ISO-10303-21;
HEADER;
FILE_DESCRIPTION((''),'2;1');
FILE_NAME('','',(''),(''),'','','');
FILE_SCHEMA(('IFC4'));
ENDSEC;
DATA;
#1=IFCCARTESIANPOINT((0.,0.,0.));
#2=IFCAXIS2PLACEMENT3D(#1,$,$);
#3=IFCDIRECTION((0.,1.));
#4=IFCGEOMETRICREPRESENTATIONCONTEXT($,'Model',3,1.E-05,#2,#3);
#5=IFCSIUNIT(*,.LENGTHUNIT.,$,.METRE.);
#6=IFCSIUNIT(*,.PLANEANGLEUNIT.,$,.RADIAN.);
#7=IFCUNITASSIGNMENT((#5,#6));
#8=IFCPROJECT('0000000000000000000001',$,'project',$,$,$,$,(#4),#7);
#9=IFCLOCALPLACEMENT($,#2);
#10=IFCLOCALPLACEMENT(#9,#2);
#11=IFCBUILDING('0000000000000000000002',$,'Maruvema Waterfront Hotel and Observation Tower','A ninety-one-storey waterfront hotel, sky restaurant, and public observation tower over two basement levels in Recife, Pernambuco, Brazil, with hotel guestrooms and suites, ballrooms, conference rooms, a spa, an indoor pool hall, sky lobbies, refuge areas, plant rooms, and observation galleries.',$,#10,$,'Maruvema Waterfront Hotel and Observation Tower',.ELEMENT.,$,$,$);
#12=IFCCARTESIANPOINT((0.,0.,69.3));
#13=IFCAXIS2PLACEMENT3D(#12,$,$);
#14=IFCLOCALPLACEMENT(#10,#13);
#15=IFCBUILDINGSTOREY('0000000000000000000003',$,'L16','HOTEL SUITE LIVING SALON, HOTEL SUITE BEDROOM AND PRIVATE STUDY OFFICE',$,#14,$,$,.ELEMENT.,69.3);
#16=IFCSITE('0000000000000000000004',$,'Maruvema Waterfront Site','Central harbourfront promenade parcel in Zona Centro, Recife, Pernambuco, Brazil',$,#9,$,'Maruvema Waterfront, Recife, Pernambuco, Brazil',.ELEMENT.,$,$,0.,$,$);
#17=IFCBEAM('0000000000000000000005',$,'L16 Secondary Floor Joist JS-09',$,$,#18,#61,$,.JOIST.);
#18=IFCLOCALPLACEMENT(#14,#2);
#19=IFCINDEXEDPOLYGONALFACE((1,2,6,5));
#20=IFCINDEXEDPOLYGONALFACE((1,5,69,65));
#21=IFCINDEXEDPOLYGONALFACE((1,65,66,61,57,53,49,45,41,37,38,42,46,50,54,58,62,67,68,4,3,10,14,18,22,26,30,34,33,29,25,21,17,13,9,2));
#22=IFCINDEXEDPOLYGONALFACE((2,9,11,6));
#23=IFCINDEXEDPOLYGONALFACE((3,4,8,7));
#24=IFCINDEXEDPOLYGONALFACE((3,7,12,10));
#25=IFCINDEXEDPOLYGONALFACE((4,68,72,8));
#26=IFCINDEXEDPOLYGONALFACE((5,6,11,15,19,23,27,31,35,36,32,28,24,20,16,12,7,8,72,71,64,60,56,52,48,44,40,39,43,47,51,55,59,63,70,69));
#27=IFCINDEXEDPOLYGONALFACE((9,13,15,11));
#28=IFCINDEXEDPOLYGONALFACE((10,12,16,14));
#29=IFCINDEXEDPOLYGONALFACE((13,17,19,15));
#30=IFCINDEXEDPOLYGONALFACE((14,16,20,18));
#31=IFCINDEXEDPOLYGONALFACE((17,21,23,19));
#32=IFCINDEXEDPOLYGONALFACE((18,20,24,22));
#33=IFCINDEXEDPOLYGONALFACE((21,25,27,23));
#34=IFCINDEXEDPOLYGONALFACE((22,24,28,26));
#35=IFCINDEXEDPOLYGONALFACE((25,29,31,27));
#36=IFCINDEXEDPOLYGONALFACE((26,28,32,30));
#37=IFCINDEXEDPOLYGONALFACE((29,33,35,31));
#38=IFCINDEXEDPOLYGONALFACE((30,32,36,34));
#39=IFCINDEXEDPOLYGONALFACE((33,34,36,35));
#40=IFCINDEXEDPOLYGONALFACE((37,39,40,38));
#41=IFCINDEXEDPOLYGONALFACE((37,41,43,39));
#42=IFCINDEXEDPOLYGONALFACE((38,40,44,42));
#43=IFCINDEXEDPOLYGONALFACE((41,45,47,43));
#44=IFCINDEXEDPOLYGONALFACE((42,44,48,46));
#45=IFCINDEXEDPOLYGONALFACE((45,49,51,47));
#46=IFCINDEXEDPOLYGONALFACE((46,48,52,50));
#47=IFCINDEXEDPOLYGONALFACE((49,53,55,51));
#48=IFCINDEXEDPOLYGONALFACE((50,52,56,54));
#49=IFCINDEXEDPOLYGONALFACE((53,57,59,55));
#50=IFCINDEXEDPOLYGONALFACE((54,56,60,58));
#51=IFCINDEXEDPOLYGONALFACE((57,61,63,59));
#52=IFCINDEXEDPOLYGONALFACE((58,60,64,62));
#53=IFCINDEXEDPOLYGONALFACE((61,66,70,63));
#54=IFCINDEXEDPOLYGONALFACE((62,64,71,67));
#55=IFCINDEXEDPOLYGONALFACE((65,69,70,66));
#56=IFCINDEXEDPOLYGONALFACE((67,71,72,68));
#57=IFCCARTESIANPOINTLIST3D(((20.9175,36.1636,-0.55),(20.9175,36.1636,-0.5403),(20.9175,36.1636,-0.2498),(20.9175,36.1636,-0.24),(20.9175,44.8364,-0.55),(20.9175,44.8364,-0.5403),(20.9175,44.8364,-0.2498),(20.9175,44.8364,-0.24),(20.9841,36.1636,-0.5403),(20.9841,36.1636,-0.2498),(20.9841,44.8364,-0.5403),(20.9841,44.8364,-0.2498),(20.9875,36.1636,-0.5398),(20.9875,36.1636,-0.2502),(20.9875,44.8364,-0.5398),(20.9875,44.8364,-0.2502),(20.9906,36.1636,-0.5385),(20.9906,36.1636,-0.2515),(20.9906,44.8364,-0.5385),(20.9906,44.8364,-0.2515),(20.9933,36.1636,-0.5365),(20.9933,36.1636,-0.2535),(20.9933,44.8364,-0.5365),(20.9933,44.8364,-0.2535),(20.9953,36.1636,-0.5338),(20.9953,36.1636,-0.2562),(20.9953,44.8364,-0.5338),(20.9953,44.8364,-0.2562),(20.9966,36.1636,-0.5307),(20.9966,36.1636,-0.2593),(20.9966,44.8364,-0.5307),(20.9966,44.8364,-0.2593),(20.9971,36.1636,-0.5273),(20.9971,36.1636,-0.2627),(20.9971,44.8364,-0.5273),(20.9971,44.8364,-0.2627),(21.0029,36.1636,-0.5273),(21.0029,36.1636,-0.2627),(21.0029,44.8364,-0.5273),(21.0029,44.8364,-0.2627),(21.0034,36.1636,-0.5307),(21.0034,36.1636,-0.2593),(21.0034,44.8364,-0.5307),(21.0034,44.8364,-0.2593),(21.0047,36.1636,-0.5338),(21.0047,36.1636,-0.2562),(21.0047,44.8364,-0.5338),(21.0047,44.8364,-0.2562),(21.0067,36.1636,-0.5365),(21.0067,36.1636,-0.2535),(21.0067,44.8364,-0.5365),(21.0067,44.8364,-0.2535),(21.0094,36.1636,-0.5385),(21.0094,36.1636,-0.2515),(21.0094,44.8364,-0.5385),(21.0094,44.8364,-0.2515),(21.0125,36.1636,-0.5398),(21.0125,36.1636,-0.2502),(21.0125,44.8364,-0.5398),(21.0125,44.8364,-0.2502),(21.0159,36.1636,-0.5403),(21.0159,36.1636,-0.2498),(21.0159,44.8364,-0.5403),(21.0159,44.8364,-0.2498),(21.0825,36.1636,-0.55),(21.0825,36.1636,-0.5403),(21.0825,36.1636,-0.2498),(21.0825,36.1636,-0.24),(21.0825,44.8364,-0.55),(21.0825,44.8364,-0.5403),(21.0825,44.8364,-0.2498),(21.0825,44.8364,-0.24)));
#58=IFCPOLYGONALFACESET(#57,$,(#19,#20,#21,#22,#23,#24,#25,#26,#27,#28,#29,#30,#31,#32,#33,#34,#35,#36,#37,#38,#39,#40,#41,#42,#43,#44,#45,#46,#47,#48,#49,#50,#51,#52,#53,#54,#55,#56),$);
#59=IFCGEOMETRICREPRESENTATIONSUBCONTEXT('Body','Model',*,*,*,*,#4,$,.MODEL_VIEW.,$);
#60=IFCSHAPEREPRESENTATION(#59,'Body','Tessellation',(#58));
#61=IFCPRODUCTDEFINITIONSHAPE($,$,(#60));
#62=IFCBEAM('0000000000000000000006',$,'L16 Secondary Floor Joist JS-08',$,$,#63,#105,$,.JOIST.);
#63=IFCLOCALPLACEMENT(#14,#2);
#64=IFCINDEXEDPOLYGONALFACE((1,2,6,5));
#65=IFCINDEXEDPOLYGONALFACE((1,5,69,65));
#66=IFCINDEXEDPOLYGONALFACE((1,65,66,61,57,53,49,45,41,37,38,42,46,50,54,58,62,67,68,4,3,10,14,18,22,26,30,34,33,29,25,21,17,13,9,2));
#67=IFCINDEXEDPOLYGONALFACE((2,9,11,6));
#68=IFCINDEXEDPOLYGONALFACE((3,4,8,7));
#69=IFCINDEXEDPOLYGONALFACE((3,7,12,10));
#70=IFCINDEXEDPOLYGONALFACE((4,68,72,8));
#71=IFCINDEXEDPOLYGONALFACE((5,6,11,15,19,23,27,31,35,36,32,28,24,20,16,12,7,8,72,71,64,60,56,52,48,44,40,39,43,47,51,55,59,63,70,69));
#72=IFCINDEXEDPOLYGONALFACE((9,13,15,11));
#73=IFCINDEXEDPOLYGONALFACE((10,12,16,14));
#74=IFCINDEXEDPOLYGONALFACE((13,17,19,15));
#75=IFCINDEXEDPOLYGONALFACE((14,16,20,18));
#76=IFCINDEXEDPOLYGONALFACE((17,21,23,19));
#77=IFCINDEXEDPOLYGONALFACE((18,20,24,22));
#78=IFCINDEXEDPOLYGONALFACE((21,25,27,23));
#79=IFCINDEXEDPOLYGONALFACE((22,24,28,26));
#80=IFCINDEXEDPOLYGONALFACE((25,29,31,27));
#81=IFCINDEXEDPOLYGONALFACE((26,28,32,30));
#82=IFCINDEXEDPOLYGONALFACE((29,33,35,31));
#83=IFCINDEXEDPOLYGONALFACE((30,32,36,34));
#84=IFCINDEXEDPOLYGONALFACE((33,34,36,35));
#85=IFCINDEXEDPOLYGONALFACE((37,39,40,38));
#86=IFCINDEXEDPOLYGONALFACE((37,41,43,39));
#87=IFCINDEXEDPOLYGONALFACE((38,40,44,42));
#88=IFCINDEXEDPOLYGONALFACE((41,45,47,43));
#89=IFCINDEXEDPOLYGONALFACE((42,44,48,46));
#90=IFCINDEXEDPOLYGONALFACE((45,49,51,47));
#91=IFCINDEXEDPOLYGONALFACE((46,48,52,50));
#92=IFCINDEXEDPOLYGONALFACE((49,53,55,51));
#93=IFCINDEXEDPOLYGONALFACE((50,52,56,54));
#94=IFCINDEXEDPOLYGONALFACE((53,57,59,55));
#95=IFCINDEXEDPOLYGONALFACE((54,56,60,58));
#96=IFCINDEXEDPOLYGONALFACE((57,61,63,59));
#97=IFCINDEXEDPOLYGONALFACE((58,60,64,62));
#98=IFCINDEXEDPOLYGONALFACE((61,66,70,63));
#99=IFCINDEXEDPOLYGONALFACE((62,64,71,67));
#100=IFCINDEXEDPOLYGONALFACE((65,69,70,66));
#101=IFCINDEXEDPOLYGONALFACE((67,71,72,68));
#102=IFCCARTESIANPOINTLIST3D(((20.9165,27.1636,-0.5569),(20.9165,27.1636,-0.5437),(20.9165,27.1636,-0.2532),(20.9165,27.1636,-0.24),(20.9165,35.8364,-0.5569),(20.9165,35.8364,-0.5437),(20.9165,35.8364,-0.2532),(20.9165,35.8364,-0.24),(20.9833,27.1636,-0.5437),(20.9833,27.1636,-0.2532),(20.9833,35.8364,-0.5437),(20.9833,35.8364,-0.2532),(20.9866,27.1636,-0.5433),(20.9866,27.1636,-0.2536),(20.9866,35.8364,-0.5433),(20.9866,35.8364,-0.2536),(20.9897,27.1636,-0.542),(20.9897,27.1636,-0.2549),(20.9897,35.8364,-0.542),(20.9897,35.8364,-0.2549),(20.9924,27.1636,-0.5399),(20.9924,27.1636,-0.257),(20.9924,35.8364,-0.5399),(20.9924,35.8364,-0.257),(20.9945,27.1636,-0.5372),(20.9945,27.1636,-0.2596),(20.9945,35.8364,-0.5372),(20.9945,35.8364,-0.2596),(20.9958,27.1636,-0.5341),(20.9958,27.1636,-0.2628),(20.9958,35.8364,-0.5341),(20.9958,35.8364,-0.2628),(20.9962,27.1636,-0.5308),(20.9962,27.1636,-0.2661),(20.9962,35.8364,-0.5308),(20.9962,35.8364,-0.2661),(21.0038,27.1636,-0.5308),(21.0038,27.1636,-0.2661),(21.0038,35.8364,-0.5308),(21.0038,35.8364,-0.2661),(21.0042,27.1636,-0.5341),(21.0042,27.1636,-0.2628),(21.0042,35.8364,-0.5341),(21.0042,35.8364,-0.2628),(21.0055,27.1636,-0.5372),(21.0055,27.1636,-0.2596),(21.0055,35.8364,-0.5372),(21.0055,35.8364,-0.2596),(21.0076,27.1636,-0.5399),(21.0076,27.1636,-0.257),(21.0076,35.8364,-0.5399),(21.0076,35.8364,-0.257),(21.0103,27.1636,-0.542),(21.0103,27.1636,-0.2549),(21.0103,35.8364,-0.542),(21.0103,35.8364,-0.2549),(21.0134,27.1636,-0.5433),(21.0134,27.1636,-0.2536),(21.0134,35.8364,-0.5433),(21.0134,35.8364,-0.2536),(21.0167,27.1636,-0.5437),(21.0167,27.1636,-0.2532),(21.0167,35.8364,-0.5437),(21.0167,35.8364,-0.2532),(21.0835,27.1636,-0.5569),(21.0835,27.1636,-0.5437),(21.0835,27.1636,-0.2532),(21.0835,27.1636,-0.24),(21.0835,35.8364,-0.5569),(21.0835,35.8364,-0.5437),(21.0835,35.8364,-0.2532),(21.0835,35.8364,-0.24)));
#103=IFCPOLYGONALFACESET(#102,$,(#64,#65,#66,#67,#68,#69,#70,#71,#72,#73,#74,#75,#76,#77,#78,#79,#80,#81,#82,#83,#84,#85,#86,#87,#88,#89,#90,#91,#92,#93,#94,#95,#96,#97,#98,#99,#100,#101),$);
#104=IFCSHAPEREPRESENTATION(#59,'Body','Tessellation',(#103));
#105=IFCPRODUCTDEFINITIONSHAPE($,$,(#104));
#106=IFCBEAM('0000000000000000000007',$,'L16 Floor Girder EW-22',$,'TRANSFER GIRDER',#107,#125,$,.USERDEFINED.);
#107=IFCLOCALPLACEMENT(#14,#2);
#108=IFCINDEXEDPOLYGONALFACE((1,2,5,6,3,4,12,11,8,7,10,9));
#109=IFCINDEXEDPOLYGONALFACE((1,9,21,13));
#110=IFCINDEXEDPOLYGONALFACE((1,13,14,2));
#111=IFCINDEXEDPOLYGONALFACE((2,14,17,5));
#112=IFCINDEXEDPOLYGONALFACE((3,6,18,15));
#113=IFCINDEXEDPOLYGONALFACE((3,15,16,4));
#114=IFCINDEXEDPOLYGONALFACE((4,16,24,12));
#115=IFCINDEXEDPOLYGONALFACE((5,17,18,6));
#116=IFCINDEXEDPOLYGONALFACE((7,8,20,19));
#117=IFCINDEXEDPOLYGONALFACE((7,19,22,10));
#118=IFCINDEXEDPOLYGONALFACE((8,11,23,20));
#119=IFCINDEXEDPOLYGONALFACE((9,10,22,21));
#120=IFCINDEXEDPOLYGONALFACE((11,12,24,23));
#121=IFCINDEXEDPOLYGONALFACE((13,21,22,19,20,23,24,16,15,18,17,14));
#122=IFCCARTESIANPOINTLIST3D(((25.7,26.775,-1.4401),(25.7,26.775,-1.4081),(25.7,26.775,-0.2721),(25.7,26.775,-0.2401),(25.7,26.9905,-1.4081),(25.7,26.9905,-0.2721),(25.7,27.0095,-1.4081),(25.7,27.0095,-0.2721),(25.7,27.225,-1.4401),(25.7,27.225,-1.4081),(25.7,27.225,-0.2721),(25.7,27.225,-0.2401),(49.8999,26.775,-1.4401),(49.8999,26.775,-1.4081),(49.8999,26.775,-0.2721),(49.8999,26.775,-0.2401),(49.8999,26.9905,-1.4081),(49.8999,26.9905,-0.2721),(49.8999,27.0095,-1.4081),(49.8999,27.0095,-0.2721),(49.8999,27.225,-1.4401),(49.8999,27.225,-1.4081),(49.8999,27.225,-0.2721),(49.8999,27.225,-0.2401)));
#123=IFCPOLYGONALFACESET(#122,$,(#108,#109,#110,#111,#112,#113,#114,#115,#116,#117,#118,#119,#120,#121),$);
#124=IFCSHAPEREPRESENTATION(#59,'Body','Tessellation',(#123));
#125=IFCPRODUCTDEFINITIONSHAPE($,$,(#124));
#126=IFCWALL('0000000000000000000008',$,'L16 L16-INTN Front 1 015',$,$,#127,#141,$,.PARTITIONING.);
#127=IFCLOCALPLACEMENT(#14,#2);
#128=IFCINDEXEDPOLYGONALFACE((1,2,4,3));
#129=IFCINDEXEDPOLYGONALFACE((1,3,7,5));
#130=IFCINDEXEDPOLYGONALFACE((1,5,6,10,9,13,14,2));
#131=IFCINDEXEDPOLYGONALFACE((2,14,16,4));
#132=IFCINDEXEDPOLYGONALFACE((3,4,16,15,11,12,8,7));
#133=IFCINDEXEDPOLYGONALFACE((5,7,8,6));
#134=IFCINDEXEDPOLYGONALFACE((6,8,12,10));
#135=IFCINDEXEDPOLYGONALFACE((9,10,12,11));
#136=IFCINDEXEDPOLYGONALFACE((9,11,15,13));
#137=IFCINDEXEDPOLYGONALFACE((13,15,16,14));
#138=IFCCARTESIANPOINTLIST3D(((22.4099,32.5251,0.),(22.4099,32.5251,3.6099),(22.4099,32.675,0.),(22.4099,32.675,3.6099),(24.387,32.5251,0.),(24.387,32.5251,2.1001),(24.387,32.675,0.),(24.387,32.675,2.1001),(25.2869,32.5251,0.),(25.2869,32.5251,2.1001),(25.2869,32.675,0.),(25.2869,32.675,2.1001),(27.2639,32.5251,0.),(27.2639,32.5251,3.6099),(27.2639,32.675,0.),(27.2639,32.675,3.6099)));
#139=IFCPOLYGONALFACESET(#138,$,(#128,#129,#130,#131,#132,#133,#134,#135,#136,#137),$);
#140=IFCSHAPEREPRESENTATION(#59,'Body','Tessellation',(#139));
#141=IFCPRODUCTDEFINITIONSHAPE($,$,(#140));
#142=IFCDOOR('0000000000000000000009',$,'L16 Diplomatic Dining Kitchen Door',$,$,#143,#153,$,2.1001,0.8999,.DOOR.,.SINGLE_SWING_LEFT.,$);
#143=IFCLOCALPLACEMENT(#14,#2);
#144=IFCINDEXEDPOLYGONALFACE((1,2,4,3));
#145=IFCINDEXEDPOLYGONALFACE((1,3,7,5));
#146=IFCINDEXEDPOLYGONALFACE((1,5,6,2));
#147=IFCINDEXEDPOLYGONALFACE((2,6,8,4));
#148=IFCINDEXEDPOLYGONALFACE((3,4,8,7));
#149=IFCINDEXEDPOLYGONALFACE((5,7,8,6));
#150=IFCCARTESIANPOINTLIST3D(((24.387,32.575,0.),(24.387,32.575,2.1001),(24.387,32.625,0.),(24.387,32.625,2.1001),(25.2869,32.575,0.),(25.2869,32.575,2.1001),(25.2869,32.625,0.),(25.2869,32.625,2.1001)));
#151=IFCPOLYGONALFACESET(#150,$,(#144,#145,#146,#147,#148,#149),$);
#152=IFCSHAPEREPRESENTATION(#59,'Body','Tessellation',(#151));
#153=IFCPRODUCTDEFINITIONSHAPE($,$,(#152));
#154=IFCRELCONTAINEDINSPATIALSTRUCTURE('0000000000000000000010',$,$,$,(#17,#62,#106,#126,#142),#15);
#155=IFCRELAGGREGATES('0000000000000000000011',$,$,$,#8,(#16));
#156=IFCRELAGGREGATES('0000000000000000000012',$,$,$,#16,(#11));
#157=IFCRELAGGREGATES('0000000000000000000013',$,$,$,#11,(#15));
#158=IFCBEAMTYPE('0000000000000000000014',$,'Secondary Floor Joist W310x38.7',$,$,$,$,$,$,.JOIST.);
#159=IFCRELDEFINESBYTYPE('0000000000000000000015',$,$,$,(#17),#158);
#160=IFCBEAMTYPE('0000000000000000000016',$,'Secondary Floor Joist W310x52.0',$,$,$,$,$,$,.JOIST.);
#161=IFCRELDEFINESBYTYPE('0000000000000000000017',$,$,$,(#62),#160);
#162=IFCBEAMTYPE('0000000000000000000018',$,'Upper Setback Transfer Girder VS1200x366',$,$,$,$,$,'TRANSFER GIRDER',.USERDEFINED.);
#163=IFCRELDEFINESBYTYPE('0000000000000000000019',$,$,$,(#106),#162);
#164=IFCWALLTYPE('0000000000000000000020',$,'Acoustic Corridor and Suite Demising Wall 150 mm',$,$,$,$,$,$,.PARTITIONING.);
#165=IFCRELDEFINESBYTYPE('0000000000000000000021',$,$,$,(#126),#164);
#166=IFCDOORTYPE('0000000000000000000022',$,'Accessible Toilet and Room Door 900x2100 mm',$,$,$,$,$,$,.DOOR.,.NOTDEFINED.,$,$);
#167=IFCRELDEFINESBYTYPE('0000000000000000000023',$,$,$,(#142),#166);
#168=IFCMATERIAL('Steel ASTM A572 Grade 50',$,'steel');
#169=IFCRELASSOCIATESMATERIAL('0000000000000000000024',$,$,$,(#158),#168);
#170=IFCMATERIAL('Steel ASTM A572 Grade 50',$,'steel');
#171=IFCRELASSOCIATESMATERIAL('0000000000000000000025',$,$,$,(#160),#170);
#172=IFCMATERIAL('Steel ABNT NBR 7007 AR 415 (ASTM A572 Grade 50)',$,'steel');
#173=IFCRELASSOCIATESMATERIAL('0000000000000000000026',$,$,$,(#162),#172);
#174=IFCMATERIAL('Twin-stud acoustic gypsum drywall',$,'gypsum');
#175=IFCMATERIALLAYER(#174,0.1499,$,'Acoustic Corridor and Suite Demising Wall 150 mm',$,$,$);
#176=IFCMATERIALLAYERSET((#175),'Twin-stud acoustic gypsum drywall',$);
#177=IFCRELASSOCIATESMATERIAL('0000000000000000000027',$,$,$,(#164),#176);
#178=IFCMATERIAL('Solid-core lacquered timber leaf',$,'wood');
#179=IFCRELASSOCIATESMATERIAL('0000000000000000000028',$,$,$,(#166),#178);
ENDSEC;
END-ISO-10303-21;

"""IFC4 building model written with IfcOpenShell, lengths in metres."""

from ifc_helpers import new_model, si_unit, direction, frame, frame_2d, origin, origin_2d, place, context, subcontext, project, spatial, rectangle, i_section, extrude, material, layer, layer_set, material_profile, profile_set, type_object, element, fill, save


model = new_model("IFC4")

# Units and contexts
model_context = context("Model", 3, precision=1e-05, world=origin(), true_north=direction((0.0, 1.0)))
body_context = subcontext(model_context, "Body", "Model", "MODEL_VIEW")
ifc_project = project(units=[si_unit("LENGTHUNIT", "METRE"), si_unit("PLANEANGLEUNIT", "RADIAN")], contexts=[model_context])

# Site, building, storey
site_placement = place(None, origin())
site = spatial("IfcSite", under=ifc_project, at=site_placement, Name="Maruvema Waterfront Site", Description="Central harbourfront promenade parcel in Zona Centro, Recife, Pernambuco, Brazil", LongName="Maruvema Waterfront, Recife, Pernambuco, Brazil", CompositionType="ELEMENT", RefElevation=0.0)
building_placement = place(site_placement, origin())
building = spatial("IfcBuilding", under=site, at=building_placement, Name="Maruvema Waterfront Hotel and Observation Tower", Description="A ninety-one-storey waterfront hotel, sky restaurant, and public observation tower over two basement levels in Recife, Pernambuco, Brazil, with hotel guestrooms and suites, ballrooms, conference rooms, a spa, an indoor pool hall, sky lobbies, refuge areas, plant rooms, and observation galleries.", LongName="Maruvema Waterfront Hotel and Observation Tower", CompositionType="ELEMENT")
storey_placement = place(building_placement, frame((0.0, 0.0, 69.3)))
storey = spatial("IfcBuildingStorey", under=building, at=storey_placement, Name="L16", Description="HOTEL SUITE LIVING SALON, HOTEL SUITE BEDROOM AND PRIVATE STUDY OFFICE", CompositionType="ELEMENT", Elevation=69.3)

# Beams
ifc_material_1 = material(Name="Steel ASTM A572 Grade 50", Category="steel")
ifc_material_profile_1 = material_profile(ifc_material_1, i_section(OverallWidth=0.165, OverallDepth=0.3101, WebThickness=0.0059, FlangeThickness=0.0098, FilletRadius=0.0129, at=origin_2d()), Name="W310x38.7")
ifc_profile_set_1 = profile_set([ifc_material_profile_1], Name="Steel ASTM A572 Grade 50")
beam_type_1 = type_object("IfcBeamType", Name="Secondary Floor Joist W310x38.7", PredefinedType="JOIST", material=ifc_profile_set_1)
beam_1_placement = place(storey_placement, frame((21.0, 36.1636, -0.395), z_axis=(0.0, 1.0, 0.0), x_axis=(-1.0, 0.0, 0.0)))
element("IfcBeam", 1, at=beam_1_placement, inside=storey, type_object=beam_type_1, Name="L16 Secondary Floor Joist JS-09", PredefinedType="JOIST", context=body_context, shape_type="SweptSolid", body=[
    extrude(i_section(OverallWidth=0.165, OverallDepth=0.3101, WebThickness=0.0059, FlangeThickness=0.0098, FilletRadius=0.0129, at=origin_2d()), origin(), (0.0, 0.0, 1.0), 8.6729),
])
ifc_material_2 = material(Name="Steel ASTM A572 Grade 50", Category="steel")
ifc_material_profile_2 = material_profile(ifc_material_2, i_section(OverallWidth=0.167, OverallDepth=0.3169, WebThickness=0.0076, FlangeThickness=0.0132, FilletRadius=0.0129, at=origin_2d()), Name="W310x52.0")
ifc_profile_set_2 = profile_set([ifc_material_profile_2], Name="Steel ASTM A572 Grade 50")
beam_type_2 = type_object("IfcBeamType", Name="Secondary Floor Joist W310x52.0", PredefinedType="JOIST", material=ifc_profile_set_2)
beam_2_placement = place(storey_placement, frame((21.0, 27.1636, -0.3984), z_axis=(0.0, 1.0, 0.0), x_axis=(-1.0, 0.0, 0.0)))
element("IfcBeam", 2, at=beam_2_placement, inside=storey, type_object=beam_type_2, Name="L16 Secondary Floor Joist JS-08", PredefinedType="JOIST", context=body_context, shape_type="SweptSolid", body=[
    extrude(i_section(OverallWidth=0.167, OverallDepth=0.3169, WebThickness=0.0076, FlangeThickness=0.0132, FilletRadius=0.0129, at=origin_2d()), origin(), (0.0, 0.0, 1.0), 8.6729),
])
ifc_material_3 = material(Name="Steel ABNT NBR 7007 AR 415 (ASTM A572 Grade 50)", Category="steel")
ifc_material_profile_3 = material_profile(ifc_material_3, i_section(OverallWidth=0.45, OverallDepth=1.2, WebThickness=0.019, FlangeThickness=0.032, at=origin_2d()), Name="VS1200x366")
ifc_profile_set_3 = profile_set([ifc_material_profile_3], Name="Steel ABNT NBR 7007 AR 415 (ASTM A572 Grade 50)")
beam_type_3 = type_object("IfcBeamType", Name="Upper Setback Transfer Girder VS1200x366", ElementType="TRANSFER GIRDER", PredefinedType="USERDEFINED", material=ifc_profile_set_3)
beam_3_placement = place(storey_placement, frame((25.7, 27.0, -0.8401), z_axis=(1.0, 0.0, 0.0), x_axis=(0.0, 1.0, 0.0)))
element("IfcBeam", 3, at=beam_3_placement, inside=storey, type_object=beam_type_3, Name="L16 Floor Girder EW-22", ObjectType="TRANSFER GIRDER", PredefinedType="USERDEFINED", context=body_context, shape_type="SweptSolid", body=[
    extrude(i_section(OverallWidth=0.45, OverallDepth=1.2, WebThickness=0.019, FlangeThickness=0.032, at=origin_2d()), origin(), (0.0, 0.0, 1.0), 24.2),
])

# Wall, opening, door
ifc_material_4 = material(Name="Twin-stud acoustic gypsum drywall", Category="gypsum")
ifc_layer = layer(ifc_material_4, 0.1499, Name="Acoustic Corridor and Suite Demising Wall 150 mm")
ifc_layer_set = layer_set([ifc_layer], Name="Twin-stud acoustic gypsum drywall")
wall_type = type_object("IfcWallType", Name="Acoustic Corridor and Suite Demising Wall 150 mm", PredefinedType="PARTITIONING", material=ifc_layer_set)
wall_1_placement = place(storey_placement, frame((22.4099, 32.6001, 0.0), z_axis=(0.0, 0.0, 1.0), x_axis=(1.0, 0.0, 0.0)))
wall_1 = element("IfcWall", 4, at=wall_1_placement, inside=storey, type_object=wall_type, Name="L16 L16-INTN Front 1 015", PredefinedType="PARTITIONING", context=body_context, shape_type="SweptSolid", body=[
    extrude(rectangle(XDim=4.854, YDim=0.1499, at=frame_2d((2.427, 0.0))), origin(), (0.0, 0.0, 1.0), 3.6099),
])
opening_1_placement = place(wall_1_placement, frame((1.9771, 0.0, 0.0)))
opening_1 = element("IfcOpeningElement", 5, at=opening_1_placement, cuts=wall_1, PredefinedType="OPENING", context=body_context, shape_type="SweptSolid", body=[
    extrude(rectangle(XDim=0.8999, YDim=2.1001, at=frame_2d((0.45, 1.05))), frame((0.0, 0.085, 0.0), z_axis=(0.0, -1.0, 0.0), x_axis=(1.0, 0.0, 0.0)), (0.0, 0.0, 1.0), 0.1699),
])
ifc_material_5 = material(Name="Solid-core lacquered timber leaf", Category="wood")
door_type_1 = type_object("IfcDoorType", Name="Accessible Toilet and Room Door 900x2100 mm", OperationType="NOTDEFINED", PredefinedType="DOOR", material=ifc_material_5)
door_1_placement = place(opening_1_placement, origin())
door_1 = element("IfcDoor", 6, at=door_1_placement, inside=storey, type_object=door_type_1, Name="L16 Diplomatic Dining Kitchen Door", OperationType="SINGLE_SWING_LEFT", OverallHeight=2.1001, OverallWidth=0.8999, PredefinedType="DOOR", context=body_context, shape_type="SweptSolid", body=[
    extrude(rectangle(XDim=0.8999, YDim=2.1001, at=frame_2d((0.45, 1.05))), frame((0.0, 0.0249, 0.0), z_axis=(0.0, -1.0, 0.0), x_axis=(1.0, 0.0, 0.0)), (0.0, 0.0, 1.0), 0.05),
])
fill(opening_1, door_1)

save(model, "model.ifc")
